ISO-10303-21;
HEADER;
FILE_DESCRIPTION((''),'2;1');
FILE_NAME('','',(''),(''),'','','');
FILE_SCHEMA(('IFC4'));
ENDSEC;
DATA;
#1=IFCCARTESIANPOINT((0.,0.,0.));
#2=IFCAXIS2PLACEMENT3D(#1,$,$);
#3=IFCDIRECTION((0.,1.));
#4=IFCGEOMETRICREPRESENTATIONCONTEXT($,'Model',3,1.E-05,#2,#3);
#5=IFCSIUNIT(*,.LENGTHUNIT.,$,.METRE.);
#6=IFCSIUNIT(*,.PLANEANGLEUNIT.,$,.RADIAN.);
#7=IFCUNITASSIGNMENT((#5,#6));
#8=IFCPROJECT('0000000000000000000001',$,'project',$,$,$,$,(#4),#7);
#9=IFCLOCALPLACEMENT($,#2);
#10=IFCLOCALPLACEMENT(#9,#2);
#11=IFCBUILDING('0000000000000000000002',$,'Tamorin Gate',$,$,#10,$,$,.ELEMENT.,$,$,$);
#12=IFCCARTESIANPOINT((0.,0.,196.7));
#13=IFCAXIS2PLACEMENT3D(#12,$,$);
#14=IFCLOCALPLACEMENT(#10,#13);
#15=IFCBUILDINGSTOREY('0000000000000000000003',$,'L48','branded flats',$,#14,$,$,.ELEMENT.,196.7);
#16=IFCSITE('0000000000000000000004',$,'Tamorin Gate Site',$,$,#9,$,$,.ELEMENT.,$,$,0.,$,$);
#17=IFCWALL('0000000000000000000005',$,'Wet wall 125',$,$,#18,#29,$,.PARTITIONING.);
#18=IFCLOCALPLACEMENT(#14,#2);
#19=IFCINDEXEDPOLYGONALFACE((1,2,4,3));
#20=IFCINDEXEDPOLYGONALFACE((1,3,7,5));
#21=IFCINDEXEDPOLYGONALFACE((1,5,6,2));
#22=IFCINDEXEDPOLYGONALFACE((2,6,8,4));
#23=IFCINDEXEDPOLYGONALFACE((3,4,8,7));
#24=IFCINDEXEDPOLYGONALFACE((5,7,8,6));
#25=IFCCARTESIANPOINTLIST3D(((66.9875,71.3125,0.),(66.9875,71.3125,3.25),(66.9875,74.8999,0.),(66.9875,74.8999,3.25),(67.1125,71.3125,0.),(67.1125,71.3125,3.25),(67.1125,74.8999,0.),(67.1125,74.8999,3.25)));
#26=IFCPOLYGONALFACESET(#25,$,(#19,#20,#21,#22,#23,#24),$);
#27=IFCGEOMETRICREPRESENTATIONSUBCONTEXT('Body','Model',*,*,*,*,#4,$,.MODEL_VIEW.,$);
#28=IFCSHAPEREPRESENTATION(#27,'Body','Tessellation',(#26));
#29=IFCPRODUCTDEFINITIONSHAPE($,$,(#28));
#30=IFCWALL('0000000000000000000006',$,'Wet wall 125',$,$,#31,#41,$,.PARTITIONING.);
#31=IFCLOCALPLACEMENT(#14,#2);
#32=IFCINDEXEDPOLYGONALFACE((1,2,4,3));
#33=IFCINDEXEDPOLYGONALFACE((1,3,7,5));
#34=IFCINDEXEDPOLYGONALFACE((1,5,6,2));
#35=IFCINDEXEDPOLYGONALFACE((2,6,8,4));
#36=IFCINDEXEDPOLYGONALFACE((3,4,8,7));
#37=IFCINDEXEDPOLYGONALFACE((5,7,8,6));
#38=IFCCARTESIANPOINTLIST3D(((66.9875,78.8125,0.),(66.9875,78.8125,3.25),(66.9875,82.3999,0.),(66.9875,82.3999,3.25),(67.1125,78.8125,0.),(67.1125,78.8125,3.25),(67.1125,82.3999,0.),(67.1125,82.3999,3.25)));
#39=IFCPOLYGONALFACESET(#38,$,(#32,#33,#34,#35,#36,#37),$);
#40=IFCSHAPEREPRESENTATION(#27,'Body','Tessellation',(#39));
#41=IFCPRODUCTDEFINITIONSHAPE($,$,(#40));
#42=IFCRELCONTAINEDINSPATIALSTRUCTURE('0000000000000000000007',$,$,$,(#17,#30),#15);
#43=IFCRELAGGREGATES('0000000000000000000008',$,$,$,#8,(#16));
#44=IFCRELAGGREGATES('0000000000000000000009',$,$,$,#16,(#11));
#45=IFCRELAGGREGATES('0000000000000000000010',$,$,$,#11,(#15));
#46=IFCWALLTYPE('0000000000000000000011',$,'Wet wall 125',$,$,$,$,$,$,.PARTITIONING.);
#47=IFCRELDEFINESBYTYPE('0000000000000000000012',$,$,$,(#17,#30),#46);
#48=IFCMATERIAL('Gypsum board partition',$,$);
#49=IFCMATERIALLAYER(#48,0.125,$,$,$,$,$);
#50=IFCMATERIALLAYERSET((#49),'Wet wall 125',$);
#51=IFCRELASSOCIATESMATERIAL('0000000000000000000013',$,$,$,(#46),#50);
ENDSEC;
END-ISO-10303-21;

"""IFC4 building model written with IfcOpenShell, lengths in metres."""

from ifc_helpers import new_model, si_unit, direction, frame, frame_2d, origin, place, context, subcontext, project, spatial, rectangle, extrude, material, layer, layer_set, type_object, element, save


model = new_model("IFC4")

# Units and contexts
model_context = context("Model", 3, precision=1e-05, world=origin(), true_north=direction((0.0, 1.0)))
body_context = subcontext(model_context, "Body", "Model", "MODEL_VIEW")
ifc_project = project(units=[si_unit("LENGTHUNIT", "METRE"), si_unit("PLANEANGLEUNIT", "RADIAN")], contexts=[model_context])

# Site, building, storey
site_placement = place(None, origin())
site = spatial("IfcSite", under=ifc_project, at=site_placement, Name="Tamorin Gate Site", CompositionType="ELEMENT", RefElevation=0.0)
building_placement = place(site_placement, origin())
building = spatial("IfcBuilding", under=site, at=building_placement, Name="Tamorin Gate", CompositionType="ELEMENT")
storey_placement = place(building_placement, frame((0.0, 0.0, 196.7)))
storey = spatial("IfcBuildingStorey", under=building, at=storey_placement, Name="L48", Description="branded flats", CompositionType="ELEMENT", Elevation=196.7)

# Shared definitions
ifc_material_1 = material(Name="Gypsum board partition")

# Shared definitions
ifc_layer_1 = layer(ifc_material_1, 0.125)
ifc_layer_set_1 = layer_set([ifc_layer_1], Name="Wet wall 125")
wall_type_1 = type_object("IfcWallType", Name="Wet wall 125", PredefinedType="PARTITIONING", material=ifc_layer_set_1)

# Walls
for number, where, z_axis, x_axis, name in (
    (1, (67.05, 71.3125, 0.0), (0.0, 0.0, 1.0), (0.0, 1.0, 0.0), "Wet wall 125"),
    (2, (67.05, 78.8125, 0.0), (0.0, 0.0, 1.0), (0.0, 1.0, 0.0), "Wet wall 125"),
):
    element("IfcWall", number, at=place(storey_placement, frame(where, z_axis=z_axis, x_axis=x_axis)), inside=storey, type_object=wall_type_1, Name=name, PredefinedType="PARTITIONING", context=body_context, shape_type="SweptSolid", body=[
        extrude(rectangle(XDim=3.5874, YDim=0.125, at=frame_2d((1.7937, 0.0))), origin(), (0.0, 0.0, 1.0), 3.25),
    ])

save(model, "model.ifc")
